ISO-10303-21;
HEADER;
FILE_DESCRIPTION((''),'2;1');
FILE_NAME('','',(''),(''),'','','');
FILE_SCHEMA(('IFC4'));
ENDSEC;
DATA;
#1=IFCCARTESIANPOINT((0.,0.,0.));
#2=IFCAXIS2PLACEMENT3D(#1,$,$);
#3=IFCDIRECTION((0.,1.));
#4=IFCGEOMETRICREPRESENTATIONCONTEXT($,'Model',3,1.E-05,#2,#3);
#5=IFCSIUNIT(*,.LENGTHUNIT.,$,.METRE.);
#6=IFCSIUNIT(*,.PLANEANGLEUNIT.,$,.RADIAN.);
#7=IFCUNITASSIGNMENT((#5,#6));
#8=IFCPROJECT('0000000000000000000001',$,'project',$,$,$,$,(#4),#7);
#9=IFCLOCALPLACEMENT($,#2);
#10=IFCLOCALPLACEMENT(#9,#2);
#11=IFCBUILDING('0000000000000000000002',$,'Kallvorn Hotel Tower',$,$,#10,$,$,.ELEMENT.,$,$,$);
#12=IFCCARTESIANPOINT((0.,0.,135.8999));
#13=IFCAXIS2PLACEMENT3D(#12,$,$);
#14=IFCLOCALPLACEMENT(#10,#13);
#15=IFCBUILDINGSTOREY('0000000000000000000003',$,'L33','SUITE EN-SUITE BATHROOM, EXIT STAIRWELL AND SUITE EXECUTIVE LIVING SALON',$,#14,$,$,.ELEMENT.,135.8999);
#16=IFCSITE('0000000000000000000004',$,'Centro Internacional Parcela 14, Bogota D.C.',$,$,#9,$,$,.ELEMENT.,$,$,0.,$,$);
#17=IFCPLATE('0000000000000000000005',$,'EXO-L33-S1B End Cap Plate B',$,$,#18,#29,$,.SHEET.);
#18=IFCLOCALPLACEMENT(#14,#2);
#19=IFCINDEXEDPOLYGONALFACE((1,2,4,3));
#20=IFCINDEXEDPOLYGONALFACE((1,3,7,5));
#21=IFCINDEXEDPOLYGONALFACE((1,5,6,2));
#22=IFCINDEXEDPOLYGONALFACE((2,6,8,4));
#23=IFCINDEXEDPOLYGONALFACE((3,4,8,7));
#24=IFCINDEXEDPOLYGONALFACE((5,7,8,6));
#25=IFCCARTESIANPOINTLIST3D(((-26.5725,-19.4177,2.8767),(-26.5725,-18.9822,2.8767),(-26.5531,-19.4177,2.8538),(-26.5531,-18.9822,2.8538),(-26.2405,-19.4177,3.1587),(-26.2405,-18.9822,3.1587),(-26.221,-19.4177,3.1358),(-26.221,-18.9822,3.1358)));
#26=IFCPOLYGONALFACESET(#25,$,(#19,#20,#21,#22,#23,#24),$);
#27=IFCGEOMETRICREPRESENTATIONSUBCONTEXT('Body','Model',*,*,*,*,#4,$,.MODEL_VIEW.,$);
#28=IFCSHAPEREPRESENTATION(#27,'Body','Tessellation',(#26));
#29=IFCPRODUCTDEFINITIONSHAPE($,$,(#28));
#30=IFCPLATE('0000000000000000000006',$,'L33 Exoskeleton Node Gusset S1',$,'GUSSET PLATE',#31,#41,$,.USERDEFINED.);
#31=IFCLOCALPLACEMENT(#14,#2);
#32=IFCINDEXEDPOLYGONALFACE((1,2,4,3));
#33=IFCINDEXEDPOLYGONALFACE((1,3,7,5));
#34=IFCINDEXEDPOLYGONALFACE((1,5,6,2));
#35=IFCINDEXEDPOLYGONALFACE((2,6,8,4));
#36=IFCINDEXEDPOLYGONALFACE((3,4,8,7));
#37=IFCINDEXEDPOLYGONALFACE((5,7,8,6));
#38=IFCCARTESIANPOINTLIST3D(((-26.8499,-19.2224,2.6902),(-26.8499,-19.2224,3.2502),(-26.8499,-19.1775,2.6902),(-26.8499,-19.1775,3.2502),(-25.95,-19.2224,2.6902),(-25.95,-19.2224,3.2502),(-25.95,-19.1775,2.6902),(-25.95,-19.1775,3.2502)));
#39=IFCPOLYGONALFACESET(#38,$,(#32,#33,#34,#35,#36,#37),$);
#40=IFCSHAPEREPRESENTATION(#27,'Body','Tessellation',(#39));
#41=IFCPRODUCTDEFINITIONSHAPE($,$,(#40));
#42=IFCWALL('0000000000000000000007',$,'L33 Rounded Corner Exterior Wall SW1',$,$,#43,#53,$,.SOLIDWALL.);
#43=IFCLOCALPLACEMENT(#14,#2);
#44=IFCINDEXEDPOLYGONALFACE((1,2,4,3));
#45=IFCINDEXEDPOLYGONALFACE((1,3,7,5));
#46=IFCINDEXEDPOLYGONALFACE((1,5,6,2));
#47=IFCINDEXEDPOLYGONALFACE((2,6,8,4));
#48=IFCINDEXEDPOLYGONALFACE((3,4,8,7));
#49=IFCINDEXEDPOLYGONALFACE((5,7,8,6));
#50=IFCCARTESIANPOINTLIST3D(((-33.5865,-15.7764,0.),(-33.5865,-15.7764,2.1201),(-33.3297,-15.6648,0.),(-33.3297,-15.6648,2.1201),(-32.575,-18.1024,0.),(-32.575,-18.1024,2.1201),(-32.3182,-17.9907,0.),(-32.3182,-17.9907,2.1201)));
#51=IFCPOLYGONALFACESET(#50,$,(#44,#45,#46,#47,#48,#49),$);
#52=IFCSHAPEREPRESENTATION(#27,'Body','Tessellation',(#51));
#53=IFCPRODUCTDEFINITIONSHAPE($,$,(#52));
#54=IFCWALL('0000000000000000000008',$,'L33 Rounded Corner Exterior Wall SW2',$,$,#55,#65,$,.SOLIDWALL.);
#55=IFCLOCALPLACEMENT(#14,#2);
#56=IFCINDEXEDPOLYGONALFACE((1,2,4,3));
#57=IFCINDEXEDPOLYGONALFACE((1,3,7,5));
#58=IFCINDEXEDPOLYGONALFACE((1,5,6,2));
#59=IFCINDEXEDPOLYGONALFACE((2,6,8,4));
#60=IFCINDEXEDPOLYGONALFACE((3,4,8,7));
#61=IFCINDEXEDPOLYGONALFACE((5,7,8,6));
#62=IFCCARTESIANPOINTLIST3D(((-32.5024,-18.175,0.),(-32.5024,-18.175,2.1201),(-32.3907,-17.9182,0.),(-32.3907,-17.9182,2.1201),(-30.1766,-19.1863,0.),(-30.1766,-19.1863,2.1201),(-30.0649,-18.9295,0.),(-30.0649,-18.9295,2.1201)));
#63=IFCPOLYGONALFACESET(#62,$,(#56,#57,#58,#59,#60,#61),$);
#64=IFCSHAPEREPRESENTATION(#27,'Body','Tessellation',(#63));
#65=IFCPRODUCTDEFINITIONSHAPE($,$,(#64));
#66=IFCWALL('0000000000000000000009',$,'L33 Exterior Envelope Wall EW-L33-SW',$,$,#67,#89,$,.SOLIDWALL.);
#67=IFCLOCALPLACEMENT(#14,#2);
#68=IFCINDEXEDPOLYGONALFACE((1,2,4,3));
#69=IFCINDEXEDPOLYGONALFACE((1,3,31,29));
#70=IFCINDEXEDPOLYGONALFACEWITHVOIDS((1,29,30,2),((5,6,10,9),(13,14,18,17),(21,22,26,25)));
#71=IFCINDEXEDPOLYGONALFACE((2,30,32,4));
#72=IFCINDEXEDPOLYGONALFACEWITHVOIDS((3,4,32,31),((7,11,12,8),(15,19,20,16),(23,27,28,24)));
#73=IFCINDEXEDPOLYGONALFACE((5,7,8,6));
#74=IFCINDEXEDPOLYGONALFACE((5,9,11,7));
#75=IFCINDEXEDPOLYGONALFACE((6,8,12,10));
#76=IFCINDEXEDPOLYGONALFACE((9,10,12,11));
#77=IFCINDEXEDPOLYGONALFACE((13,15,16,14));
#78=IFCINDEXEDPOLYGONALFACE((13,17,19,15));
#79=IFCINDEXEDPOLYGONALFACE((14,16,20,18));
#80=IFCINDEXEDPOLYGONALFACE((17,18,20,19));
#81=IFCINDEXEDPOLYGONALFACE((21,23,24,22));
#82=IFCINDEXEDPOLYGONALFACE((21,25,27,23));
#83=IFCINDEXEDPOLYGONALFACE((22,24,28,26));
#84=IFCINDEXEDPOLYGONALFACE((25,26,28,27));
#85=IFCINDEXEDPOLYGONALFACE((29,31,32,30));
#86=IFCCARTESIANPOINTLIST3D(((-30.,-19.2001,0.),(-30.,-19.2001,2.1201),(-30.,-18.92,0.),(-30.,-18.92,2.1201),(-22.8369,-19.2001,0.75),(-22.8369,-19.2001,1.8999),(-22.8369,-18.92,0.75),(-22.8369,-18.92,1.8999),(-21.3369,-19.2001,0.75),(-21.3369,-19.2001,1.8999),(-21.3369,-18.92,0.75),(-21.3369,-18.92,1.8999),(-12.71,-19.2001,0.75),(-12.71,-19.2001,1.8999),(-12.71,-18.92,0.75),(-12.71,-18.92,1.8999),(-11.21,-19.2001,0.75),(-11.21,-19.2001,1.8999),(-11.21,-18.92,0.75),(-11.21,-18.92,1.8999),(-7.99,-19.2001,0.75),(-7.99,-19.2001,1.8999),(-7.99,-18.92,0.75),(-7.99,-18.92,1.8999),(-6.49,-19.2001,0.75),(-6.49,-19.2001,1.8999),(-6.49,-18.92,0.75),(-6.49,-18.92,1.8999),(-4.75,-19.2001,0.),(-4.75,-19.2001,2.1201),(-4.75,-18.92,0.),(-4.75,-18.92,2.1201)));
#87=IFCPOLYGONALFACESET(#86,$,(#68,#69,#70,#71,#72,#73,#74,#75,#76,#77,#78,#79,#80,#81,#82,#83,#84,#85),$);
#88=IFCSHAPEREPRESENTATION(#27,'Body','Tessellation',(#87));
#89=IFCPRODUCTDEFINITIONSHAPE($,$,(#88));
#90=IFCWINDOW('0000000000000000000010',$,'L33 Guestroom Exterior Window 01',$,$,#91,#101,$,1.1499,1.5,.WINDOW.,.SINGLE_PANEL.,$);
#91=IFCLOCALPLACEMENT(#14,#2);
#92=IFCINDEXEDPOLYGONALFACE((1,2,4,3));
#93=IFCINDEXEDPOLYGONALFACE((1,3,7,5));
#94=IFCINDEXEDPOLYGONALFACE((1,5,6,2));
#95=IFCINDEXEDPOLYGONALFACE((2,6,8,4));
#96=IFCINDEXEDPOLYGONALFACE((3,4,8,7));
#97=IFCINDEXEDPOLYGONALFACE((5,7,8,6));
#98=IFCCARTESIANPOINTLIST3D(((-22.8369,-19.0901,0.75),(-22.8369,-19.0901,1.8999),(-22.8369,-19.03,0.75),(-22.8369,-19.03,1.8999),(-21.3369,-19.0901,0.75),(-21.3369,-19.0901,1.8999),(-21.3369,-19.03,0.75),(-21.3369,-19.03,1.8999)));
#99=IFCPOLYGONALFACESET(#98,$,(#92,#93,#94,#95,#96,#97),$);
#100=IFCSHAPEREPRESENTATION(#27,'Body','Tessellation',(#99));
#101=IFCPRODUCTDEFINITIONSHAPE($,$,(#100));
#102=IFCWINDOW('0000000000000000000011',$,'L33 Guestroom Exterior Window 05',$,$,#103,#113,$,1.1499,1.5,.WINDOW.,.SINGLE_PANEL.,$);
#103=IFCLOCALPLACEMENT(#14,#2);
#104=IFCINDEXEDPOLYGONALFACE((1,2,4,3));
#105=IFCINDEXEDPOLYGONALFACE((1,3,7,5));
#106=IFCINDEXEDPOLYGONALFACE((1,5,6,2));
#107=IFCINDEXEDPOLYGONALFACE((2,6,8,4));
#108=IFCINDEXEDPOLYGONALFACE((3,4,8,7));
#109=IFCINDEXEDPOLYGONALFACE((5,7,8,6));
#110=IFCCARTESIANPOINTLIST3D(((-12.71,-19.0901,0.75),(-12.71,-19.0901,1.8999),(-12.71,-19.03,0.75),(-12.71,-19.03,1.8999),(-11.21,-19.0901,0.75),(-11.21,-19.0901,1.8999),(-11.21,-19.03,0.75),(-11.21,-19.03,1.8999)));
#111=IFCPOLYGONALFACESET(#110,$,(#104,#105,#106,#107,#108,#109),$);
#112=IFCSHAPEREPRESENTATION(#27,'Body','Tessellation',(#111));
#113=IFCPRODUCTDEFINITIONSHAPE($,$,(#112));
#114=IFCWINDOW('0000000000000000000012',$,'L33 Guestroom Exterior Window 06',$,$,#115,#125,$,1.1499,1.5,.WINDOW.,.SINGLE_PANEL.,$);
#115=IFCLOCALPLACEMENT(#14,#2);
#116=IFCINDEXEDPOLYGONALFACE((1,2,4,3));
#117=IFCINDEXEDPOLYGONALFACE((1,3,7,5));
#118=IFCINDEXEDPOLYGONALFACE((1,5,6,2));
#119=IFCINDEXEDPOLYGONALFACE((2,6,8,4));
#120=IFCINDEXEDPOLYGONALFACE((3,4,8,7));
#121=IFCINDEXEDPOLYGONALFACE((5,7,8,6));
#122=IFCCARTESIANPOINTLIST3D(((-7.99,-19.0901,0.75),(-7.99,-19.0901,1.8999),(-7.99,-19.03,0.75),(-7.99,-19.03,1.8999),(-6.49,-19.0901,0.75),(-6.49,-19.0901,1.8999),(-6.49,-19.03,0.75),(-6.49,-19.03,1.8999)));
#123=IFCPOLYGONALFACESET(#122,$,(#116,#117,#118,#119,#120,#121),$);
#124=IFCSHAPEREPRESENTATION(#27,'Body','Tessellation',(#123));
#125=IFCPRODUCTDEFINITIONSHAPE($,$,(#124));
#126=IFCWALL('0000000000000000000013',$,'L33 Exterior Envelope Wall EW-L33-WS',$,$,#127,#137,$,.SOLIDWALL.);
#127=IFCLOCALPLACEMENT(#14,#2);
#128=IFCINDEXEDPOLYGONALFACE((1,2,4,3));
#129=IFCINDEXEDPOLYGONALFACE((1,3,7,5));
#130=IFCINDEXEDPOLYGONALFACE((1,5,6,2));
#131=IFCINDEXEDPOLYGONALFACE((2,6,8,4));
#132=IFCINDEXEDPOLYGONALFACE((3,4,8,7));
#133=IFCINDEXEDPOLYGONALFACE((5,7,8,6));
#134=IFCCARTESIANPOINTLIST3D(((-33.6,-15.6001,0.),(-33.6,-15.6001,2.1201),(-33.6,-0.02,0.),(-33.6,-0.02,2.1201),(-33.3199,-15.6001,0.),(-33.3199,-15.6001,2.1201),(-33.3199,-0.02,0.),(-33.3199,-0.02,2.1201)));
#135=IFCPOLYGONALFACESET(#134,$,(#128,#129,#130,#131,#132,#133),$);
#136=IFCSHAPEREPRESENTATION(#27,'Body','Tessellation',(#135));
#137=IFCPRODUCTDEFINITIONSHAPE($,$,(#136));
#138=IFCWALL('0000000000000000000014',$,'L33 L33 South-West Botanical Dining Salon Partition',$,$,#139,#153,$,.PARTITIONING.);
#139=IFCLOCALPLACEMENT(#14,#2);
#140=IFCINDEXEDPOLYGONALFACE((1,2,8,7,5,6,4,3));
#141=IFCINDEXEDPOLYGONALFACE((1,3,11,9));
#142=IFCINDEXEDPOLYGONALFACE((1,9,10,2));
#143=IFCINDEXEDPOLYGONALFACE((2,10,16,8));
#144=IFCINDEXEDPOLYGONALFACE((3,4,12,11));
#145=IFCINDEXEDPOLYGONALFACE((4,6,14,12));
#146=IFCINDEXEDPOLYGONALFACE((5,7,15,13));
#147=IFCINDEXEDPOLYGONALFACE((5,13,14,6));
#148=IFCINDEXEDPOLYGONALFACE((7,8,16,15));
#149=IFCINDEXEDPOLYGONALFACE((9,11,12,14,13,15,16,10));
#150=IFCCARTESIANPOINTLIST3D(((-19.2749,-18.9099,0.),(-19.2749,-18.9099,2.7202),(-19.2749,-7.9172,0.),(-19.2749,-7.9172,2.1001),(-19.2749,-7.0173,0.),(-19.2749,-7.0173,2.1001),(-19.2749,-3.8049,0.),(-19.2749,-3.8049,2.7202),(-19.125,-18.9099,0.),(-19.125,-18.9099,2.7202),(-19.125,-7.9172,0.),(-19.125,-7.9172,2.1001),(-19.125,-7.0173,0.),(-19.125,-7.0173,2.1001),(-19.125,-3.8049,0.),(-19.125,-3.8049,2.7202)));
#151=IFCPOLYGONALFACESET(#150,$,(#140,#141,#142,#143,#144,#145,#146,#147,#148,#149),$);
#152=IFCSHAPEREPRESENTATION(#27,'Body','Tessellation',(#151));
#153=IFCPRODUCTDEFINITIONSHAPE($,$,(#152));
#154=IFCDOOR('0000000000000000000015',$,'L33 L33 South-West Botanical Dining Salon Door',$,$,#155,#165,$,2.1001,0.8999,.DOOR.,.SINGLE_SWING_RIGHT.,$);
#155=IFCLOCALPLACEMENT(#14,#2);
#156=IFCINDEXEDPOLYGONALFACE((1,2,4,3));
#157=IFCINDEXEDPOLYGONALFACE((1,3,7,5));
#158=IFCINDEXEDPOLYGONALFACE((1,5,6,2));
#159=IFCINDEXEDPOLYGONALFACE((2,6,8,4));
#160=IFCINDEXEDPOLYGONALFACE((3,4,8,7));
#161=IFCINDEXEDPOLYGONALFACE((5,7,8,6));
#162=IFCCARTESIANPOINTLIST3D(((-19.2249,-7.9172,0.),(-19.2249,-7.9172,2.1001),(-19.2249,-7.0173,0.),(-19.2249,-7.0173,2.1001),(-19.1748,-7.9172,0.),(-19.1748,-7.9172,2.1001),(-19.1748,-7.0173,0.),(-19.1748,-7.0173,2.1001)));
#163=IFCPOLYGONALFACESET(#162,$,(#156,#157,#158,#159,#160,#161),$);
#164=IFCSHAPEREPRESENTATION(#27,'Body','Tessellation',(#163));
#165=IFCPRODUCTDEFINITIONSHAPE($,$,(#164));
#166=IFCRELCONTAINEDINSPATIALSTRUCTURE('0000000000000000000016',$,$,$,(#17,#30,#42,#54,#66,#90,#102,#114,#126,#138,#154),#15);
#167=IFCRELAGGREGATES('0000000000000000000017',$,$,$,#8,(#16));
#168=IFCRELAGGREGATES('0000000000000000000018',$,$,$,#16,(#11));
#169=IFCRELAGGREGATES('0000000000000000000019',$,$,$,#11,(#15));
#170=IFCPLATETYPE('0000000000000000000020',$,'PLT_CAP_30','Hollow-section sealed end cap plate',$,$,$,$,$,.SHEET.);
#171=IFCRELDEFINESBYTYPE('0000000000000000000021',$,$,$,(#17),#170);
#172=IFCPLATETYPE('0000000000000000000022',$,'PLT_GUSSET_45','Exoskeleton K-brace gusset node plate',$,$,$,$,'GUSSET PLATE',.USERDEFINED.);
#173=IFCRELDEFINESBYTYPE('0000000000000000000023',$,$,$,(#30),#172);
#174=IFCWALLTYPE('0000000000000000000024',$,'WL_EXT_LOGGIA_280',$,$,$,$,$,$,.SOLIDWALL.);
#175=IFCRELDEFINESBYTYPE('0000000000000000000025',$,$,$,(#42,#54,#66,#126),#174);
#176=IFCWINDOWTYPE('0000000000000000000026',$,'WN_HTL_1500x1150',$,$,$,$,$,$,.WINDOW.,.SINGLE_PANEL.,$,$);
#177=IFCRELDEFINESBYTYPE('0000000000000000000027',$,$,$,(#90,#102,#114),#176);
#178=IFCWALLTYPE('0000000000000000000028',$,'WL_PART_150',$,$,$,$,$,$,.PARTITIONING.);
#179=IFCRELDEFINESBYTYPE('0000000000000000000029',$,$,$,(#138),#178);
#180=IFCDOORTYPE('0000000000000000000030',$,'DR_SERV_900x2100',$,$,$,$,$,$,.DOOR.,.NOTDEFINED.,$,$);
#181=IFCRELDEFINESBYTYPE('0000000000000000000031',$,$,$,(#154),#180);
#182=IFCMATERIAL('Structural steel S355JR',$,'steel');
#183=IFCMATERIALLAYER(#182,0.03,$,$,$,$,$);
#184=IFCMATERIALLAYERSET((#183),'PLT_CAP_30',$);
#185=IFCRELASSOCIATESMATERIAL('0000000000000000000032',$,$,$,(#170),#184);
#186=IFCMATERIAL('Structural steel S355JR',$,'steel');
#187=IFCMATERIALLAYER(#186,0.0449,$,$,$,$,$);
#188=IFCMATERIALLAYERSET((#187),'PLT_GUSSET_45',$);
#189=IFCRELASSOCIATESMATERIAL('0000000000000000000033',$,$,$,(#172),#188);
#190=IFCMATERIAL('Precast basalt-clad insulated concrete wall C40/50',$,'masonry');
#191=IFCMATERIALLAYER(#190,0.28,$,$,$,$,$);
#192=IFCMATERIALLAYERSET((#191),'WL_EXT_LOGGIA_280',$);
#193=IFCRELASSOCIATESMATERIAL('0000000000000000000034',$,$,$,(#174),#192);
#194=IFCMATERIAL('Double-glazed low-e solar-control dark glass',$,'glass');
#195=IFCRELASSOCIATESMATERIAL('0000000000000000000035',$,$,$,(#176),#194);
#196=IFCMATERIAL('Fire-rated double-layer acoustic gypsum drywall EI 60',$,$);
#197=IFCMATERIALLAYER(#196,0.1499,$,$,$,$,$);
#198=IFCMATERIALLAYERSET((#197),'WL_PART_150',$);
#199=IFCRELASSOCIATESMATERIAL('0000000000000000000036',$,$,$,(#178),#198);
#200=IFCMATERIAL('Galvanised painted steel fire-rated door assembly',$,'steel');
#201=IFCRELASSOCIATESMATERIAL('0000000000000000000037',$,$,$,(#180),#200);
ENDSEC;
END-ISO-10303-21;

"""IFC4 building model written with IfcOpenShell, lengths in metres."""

from ifc_helpers import new_model, si_unit, direction, frame, frame_2d, origin, origin_2d, place, context, subcontext, project, spatial, polyline, rectangle, outline, extrude, material, layer, layer_set, type_object, element, fill, save


model = new_model("IFC4")

# Units and contexts
model_context = context("Model", 3, precision=1e-05, world=origin(), true_north=direction((0.0, 1.0)))
body_context = subcontext(model_context, "Body", "Model", "MODEL_VIEW")
ifc_project = project(units=[si_unit("LENGTHUNIT", "METRE"), si_unit("PLANEANGLEUNIT", "RADIAN")], contexts=[model_context])

# Site, building, storey
site_placement = place(None, origin())
site = spatial("IfcSite", under=ifc_project, at=site_placement, Name="Centro Internacional Parcela 14, Bogota D.C.", CompositionType="ELEMENT", RefElevation=0.0)
building_placement = place(site_placement, origin())
building = spatial("IfcBuilding", under=site, at=building_placement, Name="Kallvorn Hotel Tower", CompositionType="ELEMENT")
storey_placement = place(building_placement, frame((0.0, 0.0, 135.8999)))
storey = spatial("IfcBuildingStorey", under=building, at=storey_placement, Name="L33", Description="SUITE EN-SUITE BATHROOM, EXIT STAIRWELL AND SUITE EXECUTIVE LIVING SALON", CompositionType="ELEMENT", Elevation=135.8999)

# Plates
ifc_material_1 = material(Name="Structural steel S355JR", Category="steel")
ifc_layer_1 = layer(ifc_material_1, 0.03)
ifc_layer_set_1 = layer_set([ifc_layer_1], Name="PLT_CAP_30")
plate_type_1 = type_object("IfcPlateType", Name="PLT_CAP_30", Description="Hollow-section sealed end cap plate", PredefinedType="SHEET", material=ifc_layer_set_1)
plate_1_placement = place(storey_placement, frame((-26.5725, -18.9822, 2.8767), z_axis=(-0.647323, 0.0, 0.762216), x_axis=(0.0, -1.0, 0.0)))
element("IfcPlate", 1, at=plate_1_placement, inside=storey, type_object=plate_type_1, Name="EXO-L33-S1B End Cap Plate B", PredefinedType="SHEET", context=body_context, shape_type="SweptSolid", body=[
    extrude(outline(polyline([(0.0, 0.0), (0.4355, 0.0), (0.4355, 0.4356), (0.0, 0.4356), (0.0, 0.0)])), origin(), (0.0, 0.0, -1.0), 0.03),
])
ifc_material_2 = material(Name="Structural steel S355JR", Category="steel")
ifc_layer_2 = layer(ifc_material_2, 0.0449)
ifc_layer_set_2 = layer_set([ifc_layer_2], Name="PLT_GUSSET_45")
plate_type_2 = type_object("IfcPlateType", Name="PLT_GUSSET_45", Description="Exoskeleton K-brace gusset node plate", ElementType="GUSSET PLATE", PredefinedType="USERDEFINED", material=ifc_layer_set_2)
plate_2_placement = place(storey_placement, frame((-26.3999, -19.2, 2.6902), z_axis=(0.0, 0.0, 1.0), x_axis=(1.0, 0.0, 0.0)))
element("IfcPlate", 2, at=plate_2_placement, inside=storey, type_object=plate_type_2, Name="L33 Exoskeleton Node Gusset S1", ObjectType="GUSSET PLATE", PredefinedType="USERDEFINED", context=body_context, shape_type="SweptSolid", body=[
    extrude(rectangle(XDim=0.8999, YDim=0.0449, at=origin_2d()), origin(), (0.0, 0.0, 1.0), 0.5601),
])

# Walls
ifc_material_3 = material(Name="Precast basalt-clad insulated concrete wall C40/50", Category="masonry")
ifc_layer_3 = layer(ifc_material_3, 0.28)
ifc_layer_set_3 = layer_set([ifc_layer_3], Name="WL_EXT_LOGGIA_280")
wall_type_1 = type_object("IfcWallType", Name="WL_EXT_LOGGIA_280", PredefinedType="SOLIDWALL", material=ifc_layer_set_3)
wall_1_placement = place(storey_placement, frame((-33.458, -15.7207, 0.0), z_axis=(0.0, 0.0, 1.0), x_axis=(0.398793, -0.917041, 0.0)))
element("IfcWall", 3, at=wall_1_placement, inside=storey, type_object=wall_type_1, Name="L33 Rounded Corner Exterior Wall SW1", PredefinedType="SOLIDWALL", context=body_context, shape_type="SweptSolid", body=[
    extrude(rectangle(XDim=2.5364, YDim=0.28, at=frame_2d((1.2681, 0.0))), origin(), (0.0, 0.0, 1.0), 2.1201),
])
wall_2_placement = place(storey_placement, frame((-32.4465, -18.0466, 0.0), z_axis=(0.0, 0.0, 1.0), x_axis=(0.917061, -0.398747, 0.0)))
element("IfcWall", 4, at=wall_2_placement, inside=storey, type_object=wall_type_1, Name="L33 Rounded Corner Exterior Wall SW2", PredefinedType="SOLIDWALL", context=body_context, shape_type="SweptSolid", body=[
    extrude(rectangle(XDim=2.5361, YDim=0.28, at=frame_2d((1.2681, 0.0))), origin(), (0.0, 0.0, 1.0), 2.1201),
])

# Wall, openings, windows
wall_3_placement = place(storey_placement, frame((-30.0, -19.0601, 0.0), z_axis=(0.0, 0.0, 1.0), x_axis=(1.0, 0.0, 0.0)))
wall_3 = element("IfcWall", 5, at=wall_3_placement, inside=storey, type_object=wall_type_1, Name="L33 Exterior Envelope Wall EW-L33-SW", PredefinedType="SOLIDWALL", context=body_context, shape_type="SweptSolid", body=[
    extrude(rectangle(XDim=25.25, YDim=0.28, at=frame_2d((12.625, 0.0))), origin(), (0.0, 0.0, 1.0), 2.1201),
])
opening_1_placement = place(wall_3_placement, frame((7.1631, 0.0, 0.75)))
opening_1 = element("IfcOpeningElement", 6, at=opening_1_placement, cuts=wall_3, PredefinedType="OPENING", context=body_context, shape_type="SweptSolid", body=[
    extrude(rectangle(XDim=1.5, YDim=1.1499, at=frame_2d((0.75, 0.575))), frame((0.0, 0.155, 0.0), z_axis=(0.0, -1.0, 0.0), x_axis=(1.0, 0.0, 0.0)), (0.0, 0.0, 1.0), 0.3101),
])
opening_2_placement = place(wall_3_placement, frame((17.29, 0.0, 0.75)))
opening_2 = element("IfcOpeningElement", 7, at=opening_2_placement, cuts=wall_3, PredefinedType="OPENING", context=body_context, shape_type="SweptSolid", body=[
    extrude(rectangle(XDim=1.5, YDim=1.1499, at=frame_2d((0.75, 0.575))), frame((0.0, 0.155, 0.0), z_axis=(0.0, -1.0, 0.0), x_axis=(1.0, 0.0, 0.0)), (0.0, 0.0, 1.0), 0.3101),
])
opening_3_placement = place(wall_3_placement, frame((22.01, 0.0, 0.75)))
opening_3 = element("IfcOpeningElement", 8, at=opening_3_placement, cuts=wall_3, PredefinedType="OPENING", context=body_context, shape_type="SweptSolid", body=[
    extrude(rectangle(XDim=1.5, YDim=1.1499, at=frame_2d((0.75, 0.575))), frame((0.0, 0.155, 0.0), z_axis=(0.0, -1.0, 0.0), x_axis=(1.0, 0.0, 0.0)), (0.0, 0.0, 1.0), 0.3101),
])
ifc_material_4 = material(Name="Double-glazed low-e solar-control dark glass", Category="glass")
window_type = type_object("IfcWindowType", Name="WN_HTL_1500x1150", PartitioningType="SINGLE_PANEL", PredefinedType="WINDOW", material=ifc_material_4)
window_1_placement = place(opening_1_placement, origin())
window_1 = element("IfcWindow", 9, at=window_1_placement, inside=storey, type_object=window_type, Name="L33 Guestroom Exterior Window 01", OverallHeight=1.1499, OverallWidth=1.5, PartitioningType="SINGLE_PANEL", PredefinedType="WINDOW", context=body_context, shape_type="SweptSolid", body=[
    extrude(rectangle(XDim=1.5, YDim=1.1499, at=frame_2d((0.75, 0.575))), frame((0.0, 0.03, 0.0), z_axis=(0.0, -1.0, 0.0), x_axis=(1.0, 0.0, 0.0)), (0.0, 0.0, 1.0), 0.0601),
])
fill(opening_1, window_1)
window_2_placement = place(opening_2_placement, origin())
window_2 = element("IfcWindow", 10, at=window_2_placement, inside=storey, type_object=window_type, Name="L33 Guestroom Exterior Window 05", OverallHeight=1.1499, OverallWidth=1.5, PartitioningType="SINGLE_PANEL", PredefinedType="WINDOW", context=body_context, shape_type="SweptSolid", body=[
    extrude(rectangle(XDim=1.5, YDim=1.1499, at=frame_2d((0.75, 0.575))), frame((0.0, 0.03, 0.0), z_axis=(0.0, -1.0, 0.0), x_axis=(1.0, 0.0, 0.0)), (0.0, 0.0, 1.0), 0.0601),
])
fill(opening_2, window_2)
window_3_placement = place(opening_3_placement, origin())
window_3 = element("IfcWindow", 11, at=window_3_placement, inside=storey, type_object=window_type, Name="L33 Guestroom Exterior Window 06", OverallHeight=1.1499, OverallWidth=1.5, PartitioningType="SINGLE_PANEL", PredefinedType="WINDOW", context=body_context, shape_type="SweptSolid", body=[
    extrude(rectangle(XDim=1.5, YDim=1.1499, at=frame_2d((0.75, 0.575))), frame((0.0, 0.03, 0.0), z_axis=(0.0, -1.0, 0.0), x_axis=(1.0, 0.0, 0.0)), (0.0, 0.0, 1.0), 0.0601),
])
fill(opening_3, window_3)

# Wall
wall_4_placement = place(storey_placement, frame((-33.46, -15.6001, 0.0), z_axis=(0.0, 0.0, 1.0), x_axis=(0.0, 1.0, 0.0)))
element("IfcWall", 12, at=wall_4_placement, inside=storey, type_object=wall_type_1, Name="L33 Exterior Envelope Wall EW-L33-WS", PredefinedType="SOLIDWALL", context=body_context, shape_type="SweptSolid", body=[
    extrude(rectangle(XDim=15.5801, YDim=0.28, at=frame_2d((7.79, 0.0))), origin(), (0.0, 0.0, 1.0), 2.1201),
])

# Wall, opening, door
ifc_material_5 = material(Name="Fire-rated double-layer acoustic gypsum drywall EI 60")
ifc_layer_4 = layer(ifc_material_5, 0.1499)
ifc_layer_set_4 = layer_set([ifc_layer_4], Name="WL_PART_150")
wall_type_2 = type_object("IfcWallType", Name="WL_PART_150", PredefinedType="PARTITIONING", material=ifc_layer_set_4)
wall_5_placement = place(storey_placement, frame((-19.2, -18.9099, 0.0), z_axis=(0.0, 0.0, 1.0), x_axis=(0.0, 1.0, 0.0)))
wall_5 = element("IfcWall", 13, at=wall_5_placement, inside=storey, type_object=wall_type_2, Name="L33 L33 South-West Botanical Dining Salon Partition", PredefinedType="PARTITIONING", context=body_context, shape_type="SweptSolid", body=[
    extrude(rectangle(XDim=15.105, YDim=0.1499, at=frame_2d((7.5525, 0.0))), origin(), (0.0, 0.0, 1.0), 2.7202),
])
opening_4_placement = place(wall_5_placement, frame((10.9927, 0.0, 0.0)))
opening_4 = element("IfcOpeningElement", 14, at=opening_4_placement, cuts=wall_5, PredefinedType="OPENING", context=body_context, shape_type="SweptSolid", body=[
    extrude(rectangle(XDim=0.8999, YDim=2.1001, at=frame_2d((0.45, 1.05))), frame((0.0, 0.0898, 0.0), z_axis=(0.0, -1.0, 0.0), x_axis=(1.0, 0.0, 0.0)), (0.0, 0.0, 1.0), 0.1799),
])
ifc_material_6 = material(Name="Galvanised painted steel fire-rated door assembly", Category="steel")
door_type = type_object("IfcDoorType", Name="DR_SERV_900x2100", OperationType="NOTDEFINED", PredefinedType="DOOR", material=ifc_material_6)
door_placement = place(opening_4_placement, origin())
door = element("IfcDoor", 15, at=door_placement, inside=storey, type_object=door_type, Name="L33 L33 South-West Botanical Dining Salon Door", OperationType="SINGLE_SWING_RIGHT", OverallHeight=2.1001, OverallWidth=0.8999, PredefinedType="DOOR", context=body_context, shape_type="SweptSolid", body=[
    extrude(rectangle(XDim=0.8999, YDim=2.1001, at=frame_2d((0.45, 1.05))), frame((0.0, 0.0249, 0.0), z_axis=(0.0, -1.0, 0.0), x_axis=(1.0, 0.0, 0.0)), (0.0, 0.0, 1.0), 0.05),
])
fill(opening_4, door)

save(model, "model.ifc")
